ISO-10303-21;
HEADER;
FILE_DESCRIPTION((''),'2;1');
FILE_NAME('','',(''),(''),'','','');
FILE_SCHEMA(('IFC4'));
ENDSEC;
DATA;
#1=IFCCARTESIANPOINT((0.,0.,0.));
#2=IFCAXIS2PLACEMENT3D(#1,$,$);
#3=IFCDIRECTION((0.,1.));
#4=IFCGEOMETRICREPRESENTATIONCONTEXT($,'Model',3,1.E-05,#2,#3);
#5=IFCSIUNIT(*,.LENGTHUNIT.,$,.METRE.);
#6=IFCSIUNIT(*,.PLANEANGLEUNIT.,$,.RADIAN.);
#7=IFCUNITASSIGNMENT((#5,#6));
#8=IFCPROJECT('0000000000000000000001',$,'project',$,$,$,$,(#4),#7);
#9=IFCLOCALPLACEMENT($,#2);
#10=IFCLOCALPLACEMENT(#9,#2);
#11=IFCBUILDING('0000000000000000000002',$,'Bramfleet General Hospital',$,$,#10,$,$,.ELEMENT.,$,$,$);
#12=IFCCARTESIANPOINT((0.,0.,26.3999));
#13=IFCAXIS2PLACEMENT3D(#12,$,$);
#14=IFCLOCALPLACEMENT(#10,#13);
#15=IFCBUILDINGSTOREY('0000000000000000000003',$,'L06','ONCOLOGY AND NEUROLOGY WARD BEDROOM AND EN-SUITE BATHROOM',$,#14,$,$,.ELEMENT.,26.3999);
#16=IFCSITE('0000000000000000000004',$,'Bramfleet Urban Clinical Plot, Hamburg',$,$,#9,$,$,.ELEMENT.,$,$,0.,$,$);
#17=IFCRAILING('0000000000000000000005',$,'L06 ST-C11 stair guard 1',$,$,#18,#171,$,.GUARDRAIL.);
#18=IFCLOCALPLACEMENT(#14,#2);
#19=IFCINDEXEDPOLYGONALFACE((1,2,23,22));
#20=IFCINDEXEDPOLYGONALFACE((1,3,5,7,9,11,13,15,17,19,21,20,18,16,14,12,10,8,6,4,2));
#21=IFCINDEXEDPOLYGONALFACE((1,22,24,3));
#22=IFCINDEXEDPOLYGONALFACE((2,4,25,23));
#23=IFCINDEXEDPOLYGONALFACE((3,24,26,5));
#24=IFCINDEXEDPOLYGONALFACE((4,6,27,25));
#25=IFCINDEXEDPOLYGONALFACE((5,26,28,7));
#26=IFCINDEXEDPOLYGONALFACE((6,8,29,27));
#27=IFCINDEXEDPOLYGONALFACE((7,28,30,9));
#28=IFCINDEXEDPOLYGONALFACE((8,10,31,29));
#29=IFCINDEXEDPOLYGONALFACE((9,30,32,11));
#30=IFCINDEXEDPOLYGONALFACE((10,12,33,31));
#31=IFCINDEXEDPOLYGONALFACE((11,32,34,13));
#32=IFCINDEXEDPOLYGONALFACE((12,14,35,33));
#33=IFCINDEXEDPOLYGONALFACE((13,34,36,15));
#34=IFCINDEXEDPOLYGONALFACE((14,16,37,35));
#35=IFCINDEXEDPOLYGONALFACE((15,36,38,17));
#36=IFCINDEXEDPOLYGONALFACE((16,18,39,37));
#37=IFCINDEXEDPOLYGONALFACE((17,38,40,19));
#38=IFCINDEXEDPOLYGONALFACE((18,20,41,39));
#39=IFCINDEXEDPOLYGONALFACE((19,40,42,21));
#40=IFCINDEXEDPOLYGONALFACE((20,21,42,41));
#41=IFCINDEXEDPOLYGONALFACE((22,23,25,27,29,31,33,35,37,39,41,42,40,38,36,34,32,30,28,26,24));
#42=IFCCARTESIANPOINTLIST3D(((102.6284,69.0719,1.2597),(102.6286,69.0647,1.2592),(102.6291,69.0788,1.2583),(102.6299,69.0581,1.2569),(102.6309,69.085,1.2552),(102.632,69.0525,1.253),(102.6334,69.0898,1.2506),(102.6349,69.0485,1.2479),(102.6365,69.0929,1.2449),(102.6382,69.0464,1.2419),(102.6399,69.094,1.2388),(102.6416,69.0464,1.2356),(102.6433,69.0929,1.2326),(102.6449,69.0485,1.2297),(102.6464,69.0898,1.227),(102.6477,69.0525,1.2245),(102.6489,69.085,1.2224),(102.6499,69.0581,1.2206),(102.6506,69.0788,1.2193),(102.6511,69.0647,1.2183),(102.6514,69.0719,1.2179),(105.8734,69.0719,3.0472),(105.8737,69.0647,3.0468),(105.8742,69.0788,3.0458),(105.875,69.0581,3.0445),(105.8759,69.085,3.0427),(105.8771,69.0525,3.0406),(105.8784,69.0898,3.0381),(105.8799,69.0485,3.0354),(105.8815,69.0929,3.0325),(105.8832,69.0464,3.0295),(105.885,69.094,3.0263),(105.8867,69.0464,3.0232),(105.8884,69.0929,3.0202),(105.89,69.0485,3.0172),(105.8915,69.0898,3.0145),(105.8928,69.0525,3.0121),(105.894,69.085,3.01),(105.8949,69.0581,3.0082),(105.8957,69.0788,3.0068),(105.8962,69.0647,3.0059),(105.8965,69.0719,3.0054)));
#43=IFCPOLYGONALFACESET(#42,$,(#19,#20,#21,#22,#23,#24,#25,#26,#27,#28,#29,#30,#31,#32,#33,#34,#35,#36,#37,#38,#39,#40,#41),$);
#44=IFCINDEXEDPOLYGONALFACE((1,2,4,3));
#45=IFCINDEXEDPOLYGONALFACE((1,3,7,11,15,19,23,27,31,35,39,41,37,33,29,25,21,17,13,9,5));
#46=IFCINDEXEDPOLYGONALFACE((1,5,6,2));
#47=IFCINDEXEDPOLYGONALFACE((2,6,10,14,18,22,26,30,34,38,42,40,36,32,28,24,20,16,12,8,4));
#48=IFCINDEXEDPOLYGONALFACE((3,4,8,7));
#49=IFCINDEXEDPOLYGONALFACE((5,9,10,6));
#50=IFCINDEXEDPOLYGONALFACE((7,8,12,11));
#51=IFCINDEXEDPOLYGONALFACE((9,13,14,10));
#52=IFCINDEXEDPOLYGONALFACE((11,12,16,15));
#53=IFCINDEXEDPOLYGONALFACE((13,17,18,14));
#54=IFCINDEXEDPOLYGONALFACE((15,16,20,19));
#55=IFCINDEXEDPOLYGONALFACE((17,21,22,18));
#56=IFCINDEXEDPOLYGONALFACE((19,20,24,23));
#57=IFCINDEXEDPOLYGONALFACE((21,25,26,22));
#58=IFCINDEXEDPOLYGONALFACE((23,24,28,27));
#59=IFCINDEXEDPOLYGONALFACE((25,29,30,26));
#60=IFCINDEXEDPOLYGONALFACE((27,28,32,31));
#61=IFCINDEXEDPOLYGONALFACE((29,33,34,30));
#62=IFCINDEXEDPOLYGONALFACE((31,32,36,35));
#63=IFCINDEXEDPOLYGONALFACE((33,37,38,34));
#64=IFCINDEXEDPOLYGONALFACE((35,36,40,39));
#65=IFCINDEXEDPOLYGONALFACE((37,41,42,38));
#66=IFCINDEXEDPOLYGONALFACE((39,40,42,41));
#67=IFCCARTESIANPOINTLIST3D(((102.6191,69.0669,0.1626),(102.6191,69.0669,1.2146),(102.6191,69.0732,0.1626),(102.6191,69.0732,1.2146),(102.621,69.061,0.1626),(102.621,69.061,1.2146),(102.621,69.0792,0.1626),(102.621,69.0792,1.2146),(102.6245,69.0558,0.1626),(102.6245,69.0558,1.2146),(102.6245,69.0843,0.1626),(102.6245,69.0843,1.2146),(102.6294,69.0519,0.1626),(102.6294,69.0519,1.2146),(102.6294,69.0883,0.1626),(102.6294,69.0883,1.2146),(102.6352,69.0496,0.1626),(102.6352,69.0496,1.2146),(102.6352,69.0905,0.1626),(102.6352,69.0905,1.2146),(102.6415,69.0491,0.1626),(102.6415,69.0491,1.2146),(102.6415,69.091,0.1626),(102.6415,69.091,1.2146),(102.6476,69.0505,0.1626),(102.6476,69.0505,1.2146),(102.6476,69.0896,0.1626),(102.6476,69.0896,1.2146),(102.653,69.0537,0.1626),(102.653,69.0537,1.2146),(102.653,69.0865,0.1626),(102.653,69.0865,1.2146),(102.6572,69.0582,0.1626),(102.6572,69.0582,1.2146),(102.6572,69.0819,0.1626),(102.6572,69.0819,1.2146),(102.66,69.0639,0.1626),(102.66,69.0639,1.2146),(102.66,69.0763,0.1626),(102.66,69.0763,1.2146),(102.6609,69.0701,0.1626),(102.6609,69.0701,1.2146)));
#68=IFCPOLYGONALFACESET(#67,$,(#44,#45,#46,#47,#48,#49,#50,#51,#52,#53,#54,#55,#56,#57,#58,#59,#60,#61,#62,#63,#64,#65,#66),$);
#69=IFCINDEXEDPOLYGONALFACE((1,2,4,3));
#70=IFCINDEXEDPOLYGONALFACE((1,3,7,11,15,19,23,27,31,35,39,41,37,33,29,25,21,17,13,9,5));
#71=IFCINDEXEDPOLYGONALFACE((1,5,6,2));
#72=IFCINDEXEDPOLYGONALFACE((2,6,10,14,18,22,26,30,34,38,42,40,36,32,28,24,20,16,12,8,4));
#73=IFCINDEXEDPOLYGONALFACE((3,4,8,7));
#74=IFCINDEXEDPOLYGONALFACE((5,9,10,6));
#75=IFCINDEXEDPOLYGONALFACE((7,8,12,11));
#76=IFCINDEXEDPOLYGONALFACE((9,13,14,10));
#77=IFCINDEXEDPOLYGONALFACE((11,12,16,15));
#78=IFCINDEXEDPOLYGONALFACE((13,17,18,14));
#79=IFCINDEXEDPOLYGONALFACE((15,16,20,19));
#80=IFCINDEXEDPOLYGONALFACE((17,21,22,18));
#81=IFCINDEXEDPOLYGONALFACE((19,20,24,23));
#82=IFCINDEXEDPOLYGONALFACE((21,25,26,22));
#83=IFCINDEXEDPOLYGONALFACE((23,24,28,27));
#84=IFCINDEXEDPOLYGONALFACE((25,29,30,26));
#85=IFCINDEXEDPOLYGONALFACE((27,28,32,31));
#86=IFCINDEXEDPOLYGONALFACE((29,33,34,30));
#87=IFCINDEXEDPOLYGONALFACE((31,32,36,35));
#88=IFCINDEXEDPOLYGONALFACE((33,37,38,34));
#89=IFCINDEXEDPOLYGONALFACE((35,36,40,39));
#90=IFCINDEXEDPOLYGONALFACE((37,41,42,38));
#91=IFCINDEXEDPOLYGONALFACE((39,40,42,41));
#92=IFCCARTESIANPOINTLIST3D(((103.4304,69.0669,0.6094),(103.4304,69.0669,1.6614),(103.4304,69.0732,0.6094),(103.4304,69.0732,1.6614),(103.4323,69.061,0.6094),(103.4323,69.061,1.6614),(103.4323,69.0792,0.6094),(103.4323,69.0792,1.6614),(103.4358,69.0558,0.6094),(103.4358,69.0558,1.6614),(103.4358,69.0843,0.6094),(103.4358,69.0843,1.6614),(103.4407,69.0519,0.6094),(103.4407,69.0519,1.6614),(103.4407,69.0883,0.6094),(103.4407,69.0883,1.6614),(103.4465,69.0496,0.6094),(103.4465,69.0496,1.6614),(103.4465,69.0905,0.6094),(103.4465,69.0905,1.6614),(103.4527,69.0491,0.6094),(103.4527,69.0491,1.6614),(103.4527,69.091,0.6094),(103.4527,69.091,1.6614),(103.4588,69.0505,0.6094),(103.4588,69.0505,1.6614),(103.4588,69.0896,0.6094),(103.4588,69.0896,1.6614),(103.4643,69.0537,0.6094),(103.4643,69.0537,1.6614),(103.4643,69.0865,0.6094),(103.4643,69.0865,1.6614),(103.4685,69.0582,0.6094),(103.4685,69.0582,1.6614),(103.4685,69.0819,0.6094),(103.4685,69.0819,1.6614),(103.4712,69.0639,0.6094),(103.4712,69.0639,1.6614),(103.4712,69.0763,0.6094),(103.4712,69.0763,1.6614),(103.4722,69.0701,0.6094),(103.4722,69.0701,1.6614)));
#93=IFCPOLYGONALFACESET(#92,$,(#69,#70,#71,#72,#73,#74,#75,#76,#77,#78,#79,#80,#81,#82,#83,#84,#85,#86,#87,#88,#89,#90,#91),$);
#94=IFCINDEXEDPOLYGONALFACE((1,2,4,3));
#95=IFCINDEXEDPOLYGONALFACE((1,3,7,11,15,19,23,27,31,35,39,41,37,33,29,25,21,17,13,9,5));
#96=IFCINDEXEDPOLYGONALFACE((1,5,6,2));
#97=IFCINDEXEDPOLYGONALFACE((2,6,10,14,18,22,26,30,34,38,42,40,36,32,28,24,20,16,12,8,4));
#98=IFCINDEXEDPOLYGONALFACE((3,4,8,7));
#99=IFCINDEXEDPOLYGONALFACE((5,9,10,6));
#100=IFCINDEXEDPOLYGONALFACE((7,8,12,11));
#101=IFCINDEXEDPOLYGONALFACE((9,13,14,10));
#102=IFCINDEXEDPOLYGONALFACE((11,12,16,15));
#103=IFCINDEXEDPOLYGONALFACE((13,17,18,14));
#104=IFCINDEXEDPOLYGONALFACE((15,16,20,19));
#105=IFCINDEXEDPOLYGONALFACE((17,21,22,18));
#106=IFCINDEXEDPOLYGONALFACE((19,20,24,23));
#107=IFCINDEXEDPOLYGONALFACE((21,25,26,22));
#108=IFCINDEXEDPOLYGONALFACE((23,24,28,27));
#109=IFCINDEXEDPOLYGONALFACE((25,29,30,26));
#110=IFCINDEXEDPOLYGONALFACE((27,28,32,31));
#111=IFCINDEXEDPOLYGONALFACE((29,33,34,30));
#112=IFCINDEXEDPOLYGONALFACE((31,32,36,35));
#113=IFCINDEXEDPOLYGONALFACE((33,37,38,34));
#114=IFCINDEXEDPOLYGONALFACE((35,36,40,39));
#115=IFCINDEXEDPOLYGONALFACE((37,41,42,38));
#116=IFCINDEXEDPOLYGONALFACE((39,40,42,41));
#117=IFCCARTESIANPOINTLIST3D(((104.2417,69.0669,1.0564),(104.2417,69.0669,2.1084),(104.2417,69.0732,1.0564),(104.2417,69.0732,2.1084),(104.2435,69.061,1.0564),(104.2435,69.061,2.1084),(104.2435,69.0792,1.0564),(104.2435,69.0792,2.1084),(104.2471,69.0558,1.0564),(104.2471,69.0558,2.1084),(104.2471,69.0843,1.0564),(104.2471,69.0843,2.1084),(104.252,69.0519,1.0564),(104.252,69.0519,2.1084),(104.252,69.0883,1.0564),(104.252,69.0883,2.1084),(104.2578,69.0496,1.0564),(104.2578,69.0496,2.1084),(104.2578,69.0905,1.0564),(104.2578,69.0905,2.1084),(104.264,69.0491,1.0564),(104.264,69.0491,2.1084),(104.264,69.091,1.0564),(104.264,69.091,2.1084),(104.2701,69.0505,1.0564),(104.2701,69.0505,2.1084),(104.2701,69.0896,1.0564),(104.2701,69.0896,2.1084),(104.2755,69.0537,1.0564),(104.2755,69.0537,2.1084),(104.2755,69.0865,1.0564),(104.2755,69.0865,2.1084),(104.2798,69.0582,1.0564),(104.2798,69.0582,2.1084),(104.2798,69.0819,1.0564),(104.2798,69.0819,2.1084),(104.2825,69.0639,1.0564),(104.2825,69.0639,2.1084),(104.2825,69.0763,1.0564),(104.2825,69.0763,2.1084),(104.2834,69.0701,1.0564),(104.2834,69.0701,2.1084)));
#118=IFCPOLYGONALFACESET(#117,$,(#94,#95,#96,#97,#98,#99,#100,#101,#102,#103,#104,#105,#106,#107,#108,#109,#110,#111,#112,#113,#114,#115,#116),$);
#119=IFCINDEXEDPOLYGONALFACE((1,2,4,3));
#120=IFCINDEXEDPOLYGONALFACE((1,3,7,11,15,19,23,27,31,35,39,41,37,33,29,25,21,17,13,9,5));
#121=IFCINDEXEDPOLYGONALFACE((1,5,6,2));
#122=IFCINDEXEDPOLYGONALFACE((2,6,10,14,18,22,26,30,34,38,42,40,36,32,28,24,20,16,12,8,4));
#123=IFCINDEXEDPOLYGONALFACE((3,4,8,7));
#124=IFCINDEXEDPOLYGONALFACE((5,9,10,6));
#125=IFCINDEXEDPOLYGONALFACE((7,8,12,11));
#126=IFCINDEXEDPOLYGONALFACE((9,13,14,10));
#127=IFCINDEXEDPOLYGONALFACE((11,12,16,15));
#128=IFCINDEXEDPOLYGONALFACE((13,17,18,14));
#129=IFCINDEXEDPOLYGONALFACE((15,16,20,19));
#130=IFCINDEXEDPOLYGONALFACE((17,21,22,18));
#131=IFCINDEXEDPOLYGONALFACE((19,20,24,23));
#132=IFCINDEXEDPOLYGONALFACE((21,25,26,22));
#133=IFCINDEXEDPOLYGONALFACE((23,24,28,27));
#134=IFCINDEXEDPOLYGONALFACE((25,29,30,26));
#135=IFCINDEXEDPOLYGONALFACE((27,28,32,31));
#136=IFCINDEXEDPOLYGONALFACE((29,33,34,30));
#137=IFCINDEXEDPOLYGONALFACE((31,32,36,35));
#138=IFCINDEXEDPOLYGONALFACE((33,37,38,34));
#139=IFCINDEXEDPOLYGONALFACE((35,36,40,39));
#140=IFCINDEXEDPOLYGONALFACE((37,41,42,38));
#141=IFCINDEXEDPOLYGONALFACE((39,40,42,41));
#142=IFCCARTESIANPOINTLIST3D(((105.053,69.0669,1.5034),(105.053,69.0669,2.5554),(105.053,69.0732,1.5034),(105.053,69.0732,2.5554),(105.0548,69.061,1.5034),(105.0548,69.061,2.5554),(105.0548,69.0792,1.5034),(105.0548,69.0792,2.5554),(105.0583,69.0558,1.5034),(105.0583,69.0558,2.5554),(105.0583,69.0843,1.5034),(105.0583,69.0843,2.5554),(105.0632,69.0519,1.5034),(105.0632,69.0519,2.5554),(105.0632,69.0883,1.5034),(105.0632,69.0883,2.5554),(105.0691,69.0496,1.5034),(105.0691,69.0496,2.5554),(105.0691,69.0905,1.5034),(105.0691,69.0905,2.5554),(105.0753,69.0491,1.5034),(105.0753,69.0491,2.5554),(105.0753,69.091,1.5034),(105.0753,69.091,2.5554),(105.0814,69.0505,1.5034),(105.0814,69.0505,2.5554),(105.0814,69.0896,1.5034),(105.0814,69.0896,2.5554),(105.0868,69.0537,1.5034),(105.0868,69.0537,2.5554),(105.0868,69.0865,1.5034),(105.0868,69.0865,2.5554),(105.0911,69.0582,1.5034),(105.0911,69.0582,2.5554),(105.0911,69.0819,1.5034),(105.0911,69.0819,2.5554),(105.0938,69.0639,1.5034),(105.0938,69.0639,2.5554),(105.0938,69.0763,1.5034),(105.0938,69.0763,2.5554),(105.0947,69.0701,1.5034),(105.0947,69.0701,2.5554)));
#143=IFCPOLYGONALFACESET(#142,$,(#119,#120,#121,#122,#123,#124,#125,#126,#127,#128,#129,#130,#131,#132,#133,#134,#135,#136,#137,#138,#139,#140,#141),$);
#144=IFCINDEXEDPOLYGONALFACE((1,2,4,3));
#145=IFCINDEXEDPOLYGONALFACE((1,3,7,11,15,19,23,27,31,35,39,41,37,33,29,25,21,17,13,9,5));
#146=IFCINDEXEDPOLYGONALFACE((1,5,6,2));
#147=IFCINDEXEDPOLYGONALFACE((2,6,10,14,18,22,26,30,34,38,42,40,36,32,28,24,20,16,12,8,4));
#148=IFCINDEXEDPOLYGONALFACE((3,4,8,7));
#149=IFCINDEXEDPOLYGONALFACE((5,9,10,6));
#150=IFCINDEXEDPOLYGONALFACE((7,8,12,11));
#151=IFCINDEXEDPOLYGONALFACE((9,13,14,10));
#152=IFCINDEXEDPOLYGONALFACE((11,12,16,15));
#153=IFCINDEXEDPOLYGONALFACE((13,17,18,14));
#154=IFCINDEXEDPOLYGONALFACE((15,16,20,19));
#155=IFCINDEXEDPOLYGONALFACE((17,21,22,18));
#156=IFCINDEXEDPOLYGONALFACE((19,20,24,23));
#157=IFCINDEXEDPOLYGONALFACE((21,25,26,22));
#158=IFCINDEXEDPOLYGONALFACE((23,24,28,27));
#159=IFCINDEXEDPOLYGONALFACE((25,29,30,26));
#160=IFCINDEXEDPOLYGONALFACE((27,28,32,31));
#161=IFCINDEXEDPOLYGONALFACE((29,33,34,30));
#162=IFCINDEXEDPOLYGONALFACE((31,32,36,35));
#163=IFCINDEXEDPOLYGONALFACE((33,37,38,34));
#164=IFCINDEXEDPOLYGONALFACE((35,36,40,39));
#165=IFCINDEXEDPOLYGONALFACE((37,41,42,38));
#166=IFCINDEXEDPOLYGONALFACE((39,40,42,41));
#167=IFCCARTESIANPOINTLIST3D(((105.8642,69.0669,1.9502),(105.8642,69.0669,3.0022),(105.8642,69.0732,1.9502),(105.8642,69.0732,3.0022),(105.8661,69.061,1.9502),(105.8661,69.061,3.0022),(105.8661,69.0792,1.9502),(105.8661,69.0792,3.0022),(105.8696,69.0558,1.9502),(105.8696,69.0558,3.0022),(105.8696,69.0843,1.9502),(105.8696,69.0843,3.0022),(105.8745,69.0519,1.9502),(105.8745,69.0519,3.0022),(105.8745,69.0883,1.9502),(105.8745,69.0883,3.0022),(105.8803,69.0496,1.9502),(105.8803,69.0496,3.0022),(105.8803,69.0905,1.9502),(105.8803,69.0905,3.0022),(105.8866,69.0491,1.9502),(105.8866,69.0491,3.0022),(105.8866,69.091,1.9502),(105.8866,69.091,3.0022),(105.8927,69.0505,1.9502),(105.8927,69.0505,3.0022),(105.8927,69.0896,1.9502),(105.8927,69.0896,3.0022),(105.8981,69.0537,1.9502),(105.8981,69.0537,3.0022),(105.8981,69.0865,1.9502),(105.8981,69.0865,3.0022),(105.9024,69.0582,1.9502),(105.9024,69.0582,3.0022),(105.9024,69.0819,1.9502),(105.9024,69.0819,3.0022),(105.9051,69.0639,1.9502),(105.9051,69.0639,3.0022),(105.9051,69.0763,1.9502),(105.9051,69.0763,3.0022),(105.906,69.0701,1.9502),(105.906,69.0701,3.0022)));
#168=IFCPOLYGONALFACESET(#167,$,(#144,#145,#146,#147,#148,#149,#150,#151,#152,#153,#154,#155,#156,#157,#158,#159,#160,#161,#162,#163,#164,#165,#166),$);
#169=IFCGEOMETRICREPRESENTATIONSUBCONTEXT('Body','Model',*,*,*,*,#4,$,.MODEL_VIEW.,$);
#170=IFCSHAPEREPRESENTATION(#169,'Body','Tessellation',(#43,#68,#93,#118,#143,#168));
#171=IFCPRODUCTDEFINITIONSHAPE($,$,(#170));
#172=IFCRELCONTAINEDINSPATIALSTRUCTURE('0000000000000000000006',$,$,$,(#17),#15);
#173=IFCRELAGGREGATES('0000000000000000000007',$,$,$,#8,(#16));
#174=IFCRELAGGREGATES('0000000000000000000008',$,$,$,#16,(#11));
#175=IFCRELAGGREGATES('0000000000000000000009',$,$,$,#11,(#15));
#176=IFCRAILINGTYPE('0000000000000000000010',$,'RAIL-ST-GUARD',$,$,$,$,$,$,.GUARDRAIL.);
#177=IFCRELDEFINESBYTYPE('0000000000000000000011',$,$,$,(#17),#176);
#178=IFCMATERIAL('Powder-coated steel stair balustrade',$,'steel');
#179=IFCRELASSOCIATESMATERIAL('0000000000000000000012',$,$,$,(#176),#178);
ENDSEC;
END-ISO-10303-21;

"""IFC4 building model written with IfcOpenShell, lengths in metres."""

from ifc_helpers import new_model, si_unit, direction, frame, origin, origin_2d, place, context, subcontext, project, spatial, circle, extrude, material, type_object, element, save


model = new_model("IFC4")

# Units and contexts
model_context = context("Model", 3, precision=1e-05, world=origin(), true_north=direction((0.0, 1.0)))
body_context = subcontext(model_context, "Body", "Model", "MODEL_VIEW")
ifc_project = project(units=[si_unit("LENGTHUNIT", "METRE"), si_unit("PLANEANGLEUNIT", "RADIAN")], contexts=[model_context])

# Site, building, storey
site_placement = place(None, origin())
site = spatial("IfcSite", under=ifc_project, at=site_placement, Name="Bramfleet Urban Clinical Plot, Hamburg", CompositionType="ELEMENT", RefElevation=0.0)
building_placement = place(site_placement, origin())
building = spatial("IfcBuilding", under=site, at=building_placement, Name="Bramfleet General Hospital", CompositionType="ELEMENT")
storey_placement = place(building_placement, frame((0.0, 0.0, 26.3999)))
storey = spatial("IfcBuildingStorey", under=building, at=storey_placement, Name="L06", Description="ONCOLOGY AND NEUROLOGY WARD BEDROOM AND EN-SUITE BATHROOM", CompositionType="ELEMENT", Elevation=26.3999)

# Railing
ifc_material_1 = material(Name="Powder-coated steel stair balustrade", Category="steel")
railing_type_1 = type_object("IfcRailingType", Name="RAIL-ST-GUARD", PredefinedType="GUARDRAIL", material=ifc_material_1)
railing_1_placement = place(storey_placement, frame((102.6399, 69.0701, 0.1626)))
element("IfcRailing", 1, at=railing_1_placement, inside=storey, type_object=railing_type_1, Name="L06 ST-C11 stair guard 1", PredefinedType="GUARDRAIL", context=body_context, shape_type="SweptSolid", body=[
    extrude(circle(Radius=0.0239, at=origin_2d()), frame((0.0, 0.0, 1.0762), z_axis=(0.875899, 0.0, 0.482495), x_axis=(0.0, 1.0, 0.0)), (0.0, 0.0, 1.0), 3.7048),
    extrude(circle(Radius=0.021, at=origin_2d()), origin(), (0.0, 0.0, 1.0), 1.052),
    extrude(circle(Radius=0.021, at=origin_2d()), frame((0.8113, 0.0, 0.4468)), (0.0, 0.0, 1.0), 1.052),
    extrude(circle(Radius=0.021, at=origin_2d()), frame((1.6226, 0.0, 0.8938)), (0.0, 0.0, 1.0), 1.052),
    extrude(circle(Radius=0.021, at=origin_2d()), frame((2.4338, 0.0, 1.3408)), (0.0, 0.0, 1.0), 1.052),
    extrude(circle(Radius=0.021, at=origin_2d()), frame((3.2451, 0.0, 1.7876)), (0.0, 0.0, 1.0), 1.052),
])

save(model, "model.ifc")
